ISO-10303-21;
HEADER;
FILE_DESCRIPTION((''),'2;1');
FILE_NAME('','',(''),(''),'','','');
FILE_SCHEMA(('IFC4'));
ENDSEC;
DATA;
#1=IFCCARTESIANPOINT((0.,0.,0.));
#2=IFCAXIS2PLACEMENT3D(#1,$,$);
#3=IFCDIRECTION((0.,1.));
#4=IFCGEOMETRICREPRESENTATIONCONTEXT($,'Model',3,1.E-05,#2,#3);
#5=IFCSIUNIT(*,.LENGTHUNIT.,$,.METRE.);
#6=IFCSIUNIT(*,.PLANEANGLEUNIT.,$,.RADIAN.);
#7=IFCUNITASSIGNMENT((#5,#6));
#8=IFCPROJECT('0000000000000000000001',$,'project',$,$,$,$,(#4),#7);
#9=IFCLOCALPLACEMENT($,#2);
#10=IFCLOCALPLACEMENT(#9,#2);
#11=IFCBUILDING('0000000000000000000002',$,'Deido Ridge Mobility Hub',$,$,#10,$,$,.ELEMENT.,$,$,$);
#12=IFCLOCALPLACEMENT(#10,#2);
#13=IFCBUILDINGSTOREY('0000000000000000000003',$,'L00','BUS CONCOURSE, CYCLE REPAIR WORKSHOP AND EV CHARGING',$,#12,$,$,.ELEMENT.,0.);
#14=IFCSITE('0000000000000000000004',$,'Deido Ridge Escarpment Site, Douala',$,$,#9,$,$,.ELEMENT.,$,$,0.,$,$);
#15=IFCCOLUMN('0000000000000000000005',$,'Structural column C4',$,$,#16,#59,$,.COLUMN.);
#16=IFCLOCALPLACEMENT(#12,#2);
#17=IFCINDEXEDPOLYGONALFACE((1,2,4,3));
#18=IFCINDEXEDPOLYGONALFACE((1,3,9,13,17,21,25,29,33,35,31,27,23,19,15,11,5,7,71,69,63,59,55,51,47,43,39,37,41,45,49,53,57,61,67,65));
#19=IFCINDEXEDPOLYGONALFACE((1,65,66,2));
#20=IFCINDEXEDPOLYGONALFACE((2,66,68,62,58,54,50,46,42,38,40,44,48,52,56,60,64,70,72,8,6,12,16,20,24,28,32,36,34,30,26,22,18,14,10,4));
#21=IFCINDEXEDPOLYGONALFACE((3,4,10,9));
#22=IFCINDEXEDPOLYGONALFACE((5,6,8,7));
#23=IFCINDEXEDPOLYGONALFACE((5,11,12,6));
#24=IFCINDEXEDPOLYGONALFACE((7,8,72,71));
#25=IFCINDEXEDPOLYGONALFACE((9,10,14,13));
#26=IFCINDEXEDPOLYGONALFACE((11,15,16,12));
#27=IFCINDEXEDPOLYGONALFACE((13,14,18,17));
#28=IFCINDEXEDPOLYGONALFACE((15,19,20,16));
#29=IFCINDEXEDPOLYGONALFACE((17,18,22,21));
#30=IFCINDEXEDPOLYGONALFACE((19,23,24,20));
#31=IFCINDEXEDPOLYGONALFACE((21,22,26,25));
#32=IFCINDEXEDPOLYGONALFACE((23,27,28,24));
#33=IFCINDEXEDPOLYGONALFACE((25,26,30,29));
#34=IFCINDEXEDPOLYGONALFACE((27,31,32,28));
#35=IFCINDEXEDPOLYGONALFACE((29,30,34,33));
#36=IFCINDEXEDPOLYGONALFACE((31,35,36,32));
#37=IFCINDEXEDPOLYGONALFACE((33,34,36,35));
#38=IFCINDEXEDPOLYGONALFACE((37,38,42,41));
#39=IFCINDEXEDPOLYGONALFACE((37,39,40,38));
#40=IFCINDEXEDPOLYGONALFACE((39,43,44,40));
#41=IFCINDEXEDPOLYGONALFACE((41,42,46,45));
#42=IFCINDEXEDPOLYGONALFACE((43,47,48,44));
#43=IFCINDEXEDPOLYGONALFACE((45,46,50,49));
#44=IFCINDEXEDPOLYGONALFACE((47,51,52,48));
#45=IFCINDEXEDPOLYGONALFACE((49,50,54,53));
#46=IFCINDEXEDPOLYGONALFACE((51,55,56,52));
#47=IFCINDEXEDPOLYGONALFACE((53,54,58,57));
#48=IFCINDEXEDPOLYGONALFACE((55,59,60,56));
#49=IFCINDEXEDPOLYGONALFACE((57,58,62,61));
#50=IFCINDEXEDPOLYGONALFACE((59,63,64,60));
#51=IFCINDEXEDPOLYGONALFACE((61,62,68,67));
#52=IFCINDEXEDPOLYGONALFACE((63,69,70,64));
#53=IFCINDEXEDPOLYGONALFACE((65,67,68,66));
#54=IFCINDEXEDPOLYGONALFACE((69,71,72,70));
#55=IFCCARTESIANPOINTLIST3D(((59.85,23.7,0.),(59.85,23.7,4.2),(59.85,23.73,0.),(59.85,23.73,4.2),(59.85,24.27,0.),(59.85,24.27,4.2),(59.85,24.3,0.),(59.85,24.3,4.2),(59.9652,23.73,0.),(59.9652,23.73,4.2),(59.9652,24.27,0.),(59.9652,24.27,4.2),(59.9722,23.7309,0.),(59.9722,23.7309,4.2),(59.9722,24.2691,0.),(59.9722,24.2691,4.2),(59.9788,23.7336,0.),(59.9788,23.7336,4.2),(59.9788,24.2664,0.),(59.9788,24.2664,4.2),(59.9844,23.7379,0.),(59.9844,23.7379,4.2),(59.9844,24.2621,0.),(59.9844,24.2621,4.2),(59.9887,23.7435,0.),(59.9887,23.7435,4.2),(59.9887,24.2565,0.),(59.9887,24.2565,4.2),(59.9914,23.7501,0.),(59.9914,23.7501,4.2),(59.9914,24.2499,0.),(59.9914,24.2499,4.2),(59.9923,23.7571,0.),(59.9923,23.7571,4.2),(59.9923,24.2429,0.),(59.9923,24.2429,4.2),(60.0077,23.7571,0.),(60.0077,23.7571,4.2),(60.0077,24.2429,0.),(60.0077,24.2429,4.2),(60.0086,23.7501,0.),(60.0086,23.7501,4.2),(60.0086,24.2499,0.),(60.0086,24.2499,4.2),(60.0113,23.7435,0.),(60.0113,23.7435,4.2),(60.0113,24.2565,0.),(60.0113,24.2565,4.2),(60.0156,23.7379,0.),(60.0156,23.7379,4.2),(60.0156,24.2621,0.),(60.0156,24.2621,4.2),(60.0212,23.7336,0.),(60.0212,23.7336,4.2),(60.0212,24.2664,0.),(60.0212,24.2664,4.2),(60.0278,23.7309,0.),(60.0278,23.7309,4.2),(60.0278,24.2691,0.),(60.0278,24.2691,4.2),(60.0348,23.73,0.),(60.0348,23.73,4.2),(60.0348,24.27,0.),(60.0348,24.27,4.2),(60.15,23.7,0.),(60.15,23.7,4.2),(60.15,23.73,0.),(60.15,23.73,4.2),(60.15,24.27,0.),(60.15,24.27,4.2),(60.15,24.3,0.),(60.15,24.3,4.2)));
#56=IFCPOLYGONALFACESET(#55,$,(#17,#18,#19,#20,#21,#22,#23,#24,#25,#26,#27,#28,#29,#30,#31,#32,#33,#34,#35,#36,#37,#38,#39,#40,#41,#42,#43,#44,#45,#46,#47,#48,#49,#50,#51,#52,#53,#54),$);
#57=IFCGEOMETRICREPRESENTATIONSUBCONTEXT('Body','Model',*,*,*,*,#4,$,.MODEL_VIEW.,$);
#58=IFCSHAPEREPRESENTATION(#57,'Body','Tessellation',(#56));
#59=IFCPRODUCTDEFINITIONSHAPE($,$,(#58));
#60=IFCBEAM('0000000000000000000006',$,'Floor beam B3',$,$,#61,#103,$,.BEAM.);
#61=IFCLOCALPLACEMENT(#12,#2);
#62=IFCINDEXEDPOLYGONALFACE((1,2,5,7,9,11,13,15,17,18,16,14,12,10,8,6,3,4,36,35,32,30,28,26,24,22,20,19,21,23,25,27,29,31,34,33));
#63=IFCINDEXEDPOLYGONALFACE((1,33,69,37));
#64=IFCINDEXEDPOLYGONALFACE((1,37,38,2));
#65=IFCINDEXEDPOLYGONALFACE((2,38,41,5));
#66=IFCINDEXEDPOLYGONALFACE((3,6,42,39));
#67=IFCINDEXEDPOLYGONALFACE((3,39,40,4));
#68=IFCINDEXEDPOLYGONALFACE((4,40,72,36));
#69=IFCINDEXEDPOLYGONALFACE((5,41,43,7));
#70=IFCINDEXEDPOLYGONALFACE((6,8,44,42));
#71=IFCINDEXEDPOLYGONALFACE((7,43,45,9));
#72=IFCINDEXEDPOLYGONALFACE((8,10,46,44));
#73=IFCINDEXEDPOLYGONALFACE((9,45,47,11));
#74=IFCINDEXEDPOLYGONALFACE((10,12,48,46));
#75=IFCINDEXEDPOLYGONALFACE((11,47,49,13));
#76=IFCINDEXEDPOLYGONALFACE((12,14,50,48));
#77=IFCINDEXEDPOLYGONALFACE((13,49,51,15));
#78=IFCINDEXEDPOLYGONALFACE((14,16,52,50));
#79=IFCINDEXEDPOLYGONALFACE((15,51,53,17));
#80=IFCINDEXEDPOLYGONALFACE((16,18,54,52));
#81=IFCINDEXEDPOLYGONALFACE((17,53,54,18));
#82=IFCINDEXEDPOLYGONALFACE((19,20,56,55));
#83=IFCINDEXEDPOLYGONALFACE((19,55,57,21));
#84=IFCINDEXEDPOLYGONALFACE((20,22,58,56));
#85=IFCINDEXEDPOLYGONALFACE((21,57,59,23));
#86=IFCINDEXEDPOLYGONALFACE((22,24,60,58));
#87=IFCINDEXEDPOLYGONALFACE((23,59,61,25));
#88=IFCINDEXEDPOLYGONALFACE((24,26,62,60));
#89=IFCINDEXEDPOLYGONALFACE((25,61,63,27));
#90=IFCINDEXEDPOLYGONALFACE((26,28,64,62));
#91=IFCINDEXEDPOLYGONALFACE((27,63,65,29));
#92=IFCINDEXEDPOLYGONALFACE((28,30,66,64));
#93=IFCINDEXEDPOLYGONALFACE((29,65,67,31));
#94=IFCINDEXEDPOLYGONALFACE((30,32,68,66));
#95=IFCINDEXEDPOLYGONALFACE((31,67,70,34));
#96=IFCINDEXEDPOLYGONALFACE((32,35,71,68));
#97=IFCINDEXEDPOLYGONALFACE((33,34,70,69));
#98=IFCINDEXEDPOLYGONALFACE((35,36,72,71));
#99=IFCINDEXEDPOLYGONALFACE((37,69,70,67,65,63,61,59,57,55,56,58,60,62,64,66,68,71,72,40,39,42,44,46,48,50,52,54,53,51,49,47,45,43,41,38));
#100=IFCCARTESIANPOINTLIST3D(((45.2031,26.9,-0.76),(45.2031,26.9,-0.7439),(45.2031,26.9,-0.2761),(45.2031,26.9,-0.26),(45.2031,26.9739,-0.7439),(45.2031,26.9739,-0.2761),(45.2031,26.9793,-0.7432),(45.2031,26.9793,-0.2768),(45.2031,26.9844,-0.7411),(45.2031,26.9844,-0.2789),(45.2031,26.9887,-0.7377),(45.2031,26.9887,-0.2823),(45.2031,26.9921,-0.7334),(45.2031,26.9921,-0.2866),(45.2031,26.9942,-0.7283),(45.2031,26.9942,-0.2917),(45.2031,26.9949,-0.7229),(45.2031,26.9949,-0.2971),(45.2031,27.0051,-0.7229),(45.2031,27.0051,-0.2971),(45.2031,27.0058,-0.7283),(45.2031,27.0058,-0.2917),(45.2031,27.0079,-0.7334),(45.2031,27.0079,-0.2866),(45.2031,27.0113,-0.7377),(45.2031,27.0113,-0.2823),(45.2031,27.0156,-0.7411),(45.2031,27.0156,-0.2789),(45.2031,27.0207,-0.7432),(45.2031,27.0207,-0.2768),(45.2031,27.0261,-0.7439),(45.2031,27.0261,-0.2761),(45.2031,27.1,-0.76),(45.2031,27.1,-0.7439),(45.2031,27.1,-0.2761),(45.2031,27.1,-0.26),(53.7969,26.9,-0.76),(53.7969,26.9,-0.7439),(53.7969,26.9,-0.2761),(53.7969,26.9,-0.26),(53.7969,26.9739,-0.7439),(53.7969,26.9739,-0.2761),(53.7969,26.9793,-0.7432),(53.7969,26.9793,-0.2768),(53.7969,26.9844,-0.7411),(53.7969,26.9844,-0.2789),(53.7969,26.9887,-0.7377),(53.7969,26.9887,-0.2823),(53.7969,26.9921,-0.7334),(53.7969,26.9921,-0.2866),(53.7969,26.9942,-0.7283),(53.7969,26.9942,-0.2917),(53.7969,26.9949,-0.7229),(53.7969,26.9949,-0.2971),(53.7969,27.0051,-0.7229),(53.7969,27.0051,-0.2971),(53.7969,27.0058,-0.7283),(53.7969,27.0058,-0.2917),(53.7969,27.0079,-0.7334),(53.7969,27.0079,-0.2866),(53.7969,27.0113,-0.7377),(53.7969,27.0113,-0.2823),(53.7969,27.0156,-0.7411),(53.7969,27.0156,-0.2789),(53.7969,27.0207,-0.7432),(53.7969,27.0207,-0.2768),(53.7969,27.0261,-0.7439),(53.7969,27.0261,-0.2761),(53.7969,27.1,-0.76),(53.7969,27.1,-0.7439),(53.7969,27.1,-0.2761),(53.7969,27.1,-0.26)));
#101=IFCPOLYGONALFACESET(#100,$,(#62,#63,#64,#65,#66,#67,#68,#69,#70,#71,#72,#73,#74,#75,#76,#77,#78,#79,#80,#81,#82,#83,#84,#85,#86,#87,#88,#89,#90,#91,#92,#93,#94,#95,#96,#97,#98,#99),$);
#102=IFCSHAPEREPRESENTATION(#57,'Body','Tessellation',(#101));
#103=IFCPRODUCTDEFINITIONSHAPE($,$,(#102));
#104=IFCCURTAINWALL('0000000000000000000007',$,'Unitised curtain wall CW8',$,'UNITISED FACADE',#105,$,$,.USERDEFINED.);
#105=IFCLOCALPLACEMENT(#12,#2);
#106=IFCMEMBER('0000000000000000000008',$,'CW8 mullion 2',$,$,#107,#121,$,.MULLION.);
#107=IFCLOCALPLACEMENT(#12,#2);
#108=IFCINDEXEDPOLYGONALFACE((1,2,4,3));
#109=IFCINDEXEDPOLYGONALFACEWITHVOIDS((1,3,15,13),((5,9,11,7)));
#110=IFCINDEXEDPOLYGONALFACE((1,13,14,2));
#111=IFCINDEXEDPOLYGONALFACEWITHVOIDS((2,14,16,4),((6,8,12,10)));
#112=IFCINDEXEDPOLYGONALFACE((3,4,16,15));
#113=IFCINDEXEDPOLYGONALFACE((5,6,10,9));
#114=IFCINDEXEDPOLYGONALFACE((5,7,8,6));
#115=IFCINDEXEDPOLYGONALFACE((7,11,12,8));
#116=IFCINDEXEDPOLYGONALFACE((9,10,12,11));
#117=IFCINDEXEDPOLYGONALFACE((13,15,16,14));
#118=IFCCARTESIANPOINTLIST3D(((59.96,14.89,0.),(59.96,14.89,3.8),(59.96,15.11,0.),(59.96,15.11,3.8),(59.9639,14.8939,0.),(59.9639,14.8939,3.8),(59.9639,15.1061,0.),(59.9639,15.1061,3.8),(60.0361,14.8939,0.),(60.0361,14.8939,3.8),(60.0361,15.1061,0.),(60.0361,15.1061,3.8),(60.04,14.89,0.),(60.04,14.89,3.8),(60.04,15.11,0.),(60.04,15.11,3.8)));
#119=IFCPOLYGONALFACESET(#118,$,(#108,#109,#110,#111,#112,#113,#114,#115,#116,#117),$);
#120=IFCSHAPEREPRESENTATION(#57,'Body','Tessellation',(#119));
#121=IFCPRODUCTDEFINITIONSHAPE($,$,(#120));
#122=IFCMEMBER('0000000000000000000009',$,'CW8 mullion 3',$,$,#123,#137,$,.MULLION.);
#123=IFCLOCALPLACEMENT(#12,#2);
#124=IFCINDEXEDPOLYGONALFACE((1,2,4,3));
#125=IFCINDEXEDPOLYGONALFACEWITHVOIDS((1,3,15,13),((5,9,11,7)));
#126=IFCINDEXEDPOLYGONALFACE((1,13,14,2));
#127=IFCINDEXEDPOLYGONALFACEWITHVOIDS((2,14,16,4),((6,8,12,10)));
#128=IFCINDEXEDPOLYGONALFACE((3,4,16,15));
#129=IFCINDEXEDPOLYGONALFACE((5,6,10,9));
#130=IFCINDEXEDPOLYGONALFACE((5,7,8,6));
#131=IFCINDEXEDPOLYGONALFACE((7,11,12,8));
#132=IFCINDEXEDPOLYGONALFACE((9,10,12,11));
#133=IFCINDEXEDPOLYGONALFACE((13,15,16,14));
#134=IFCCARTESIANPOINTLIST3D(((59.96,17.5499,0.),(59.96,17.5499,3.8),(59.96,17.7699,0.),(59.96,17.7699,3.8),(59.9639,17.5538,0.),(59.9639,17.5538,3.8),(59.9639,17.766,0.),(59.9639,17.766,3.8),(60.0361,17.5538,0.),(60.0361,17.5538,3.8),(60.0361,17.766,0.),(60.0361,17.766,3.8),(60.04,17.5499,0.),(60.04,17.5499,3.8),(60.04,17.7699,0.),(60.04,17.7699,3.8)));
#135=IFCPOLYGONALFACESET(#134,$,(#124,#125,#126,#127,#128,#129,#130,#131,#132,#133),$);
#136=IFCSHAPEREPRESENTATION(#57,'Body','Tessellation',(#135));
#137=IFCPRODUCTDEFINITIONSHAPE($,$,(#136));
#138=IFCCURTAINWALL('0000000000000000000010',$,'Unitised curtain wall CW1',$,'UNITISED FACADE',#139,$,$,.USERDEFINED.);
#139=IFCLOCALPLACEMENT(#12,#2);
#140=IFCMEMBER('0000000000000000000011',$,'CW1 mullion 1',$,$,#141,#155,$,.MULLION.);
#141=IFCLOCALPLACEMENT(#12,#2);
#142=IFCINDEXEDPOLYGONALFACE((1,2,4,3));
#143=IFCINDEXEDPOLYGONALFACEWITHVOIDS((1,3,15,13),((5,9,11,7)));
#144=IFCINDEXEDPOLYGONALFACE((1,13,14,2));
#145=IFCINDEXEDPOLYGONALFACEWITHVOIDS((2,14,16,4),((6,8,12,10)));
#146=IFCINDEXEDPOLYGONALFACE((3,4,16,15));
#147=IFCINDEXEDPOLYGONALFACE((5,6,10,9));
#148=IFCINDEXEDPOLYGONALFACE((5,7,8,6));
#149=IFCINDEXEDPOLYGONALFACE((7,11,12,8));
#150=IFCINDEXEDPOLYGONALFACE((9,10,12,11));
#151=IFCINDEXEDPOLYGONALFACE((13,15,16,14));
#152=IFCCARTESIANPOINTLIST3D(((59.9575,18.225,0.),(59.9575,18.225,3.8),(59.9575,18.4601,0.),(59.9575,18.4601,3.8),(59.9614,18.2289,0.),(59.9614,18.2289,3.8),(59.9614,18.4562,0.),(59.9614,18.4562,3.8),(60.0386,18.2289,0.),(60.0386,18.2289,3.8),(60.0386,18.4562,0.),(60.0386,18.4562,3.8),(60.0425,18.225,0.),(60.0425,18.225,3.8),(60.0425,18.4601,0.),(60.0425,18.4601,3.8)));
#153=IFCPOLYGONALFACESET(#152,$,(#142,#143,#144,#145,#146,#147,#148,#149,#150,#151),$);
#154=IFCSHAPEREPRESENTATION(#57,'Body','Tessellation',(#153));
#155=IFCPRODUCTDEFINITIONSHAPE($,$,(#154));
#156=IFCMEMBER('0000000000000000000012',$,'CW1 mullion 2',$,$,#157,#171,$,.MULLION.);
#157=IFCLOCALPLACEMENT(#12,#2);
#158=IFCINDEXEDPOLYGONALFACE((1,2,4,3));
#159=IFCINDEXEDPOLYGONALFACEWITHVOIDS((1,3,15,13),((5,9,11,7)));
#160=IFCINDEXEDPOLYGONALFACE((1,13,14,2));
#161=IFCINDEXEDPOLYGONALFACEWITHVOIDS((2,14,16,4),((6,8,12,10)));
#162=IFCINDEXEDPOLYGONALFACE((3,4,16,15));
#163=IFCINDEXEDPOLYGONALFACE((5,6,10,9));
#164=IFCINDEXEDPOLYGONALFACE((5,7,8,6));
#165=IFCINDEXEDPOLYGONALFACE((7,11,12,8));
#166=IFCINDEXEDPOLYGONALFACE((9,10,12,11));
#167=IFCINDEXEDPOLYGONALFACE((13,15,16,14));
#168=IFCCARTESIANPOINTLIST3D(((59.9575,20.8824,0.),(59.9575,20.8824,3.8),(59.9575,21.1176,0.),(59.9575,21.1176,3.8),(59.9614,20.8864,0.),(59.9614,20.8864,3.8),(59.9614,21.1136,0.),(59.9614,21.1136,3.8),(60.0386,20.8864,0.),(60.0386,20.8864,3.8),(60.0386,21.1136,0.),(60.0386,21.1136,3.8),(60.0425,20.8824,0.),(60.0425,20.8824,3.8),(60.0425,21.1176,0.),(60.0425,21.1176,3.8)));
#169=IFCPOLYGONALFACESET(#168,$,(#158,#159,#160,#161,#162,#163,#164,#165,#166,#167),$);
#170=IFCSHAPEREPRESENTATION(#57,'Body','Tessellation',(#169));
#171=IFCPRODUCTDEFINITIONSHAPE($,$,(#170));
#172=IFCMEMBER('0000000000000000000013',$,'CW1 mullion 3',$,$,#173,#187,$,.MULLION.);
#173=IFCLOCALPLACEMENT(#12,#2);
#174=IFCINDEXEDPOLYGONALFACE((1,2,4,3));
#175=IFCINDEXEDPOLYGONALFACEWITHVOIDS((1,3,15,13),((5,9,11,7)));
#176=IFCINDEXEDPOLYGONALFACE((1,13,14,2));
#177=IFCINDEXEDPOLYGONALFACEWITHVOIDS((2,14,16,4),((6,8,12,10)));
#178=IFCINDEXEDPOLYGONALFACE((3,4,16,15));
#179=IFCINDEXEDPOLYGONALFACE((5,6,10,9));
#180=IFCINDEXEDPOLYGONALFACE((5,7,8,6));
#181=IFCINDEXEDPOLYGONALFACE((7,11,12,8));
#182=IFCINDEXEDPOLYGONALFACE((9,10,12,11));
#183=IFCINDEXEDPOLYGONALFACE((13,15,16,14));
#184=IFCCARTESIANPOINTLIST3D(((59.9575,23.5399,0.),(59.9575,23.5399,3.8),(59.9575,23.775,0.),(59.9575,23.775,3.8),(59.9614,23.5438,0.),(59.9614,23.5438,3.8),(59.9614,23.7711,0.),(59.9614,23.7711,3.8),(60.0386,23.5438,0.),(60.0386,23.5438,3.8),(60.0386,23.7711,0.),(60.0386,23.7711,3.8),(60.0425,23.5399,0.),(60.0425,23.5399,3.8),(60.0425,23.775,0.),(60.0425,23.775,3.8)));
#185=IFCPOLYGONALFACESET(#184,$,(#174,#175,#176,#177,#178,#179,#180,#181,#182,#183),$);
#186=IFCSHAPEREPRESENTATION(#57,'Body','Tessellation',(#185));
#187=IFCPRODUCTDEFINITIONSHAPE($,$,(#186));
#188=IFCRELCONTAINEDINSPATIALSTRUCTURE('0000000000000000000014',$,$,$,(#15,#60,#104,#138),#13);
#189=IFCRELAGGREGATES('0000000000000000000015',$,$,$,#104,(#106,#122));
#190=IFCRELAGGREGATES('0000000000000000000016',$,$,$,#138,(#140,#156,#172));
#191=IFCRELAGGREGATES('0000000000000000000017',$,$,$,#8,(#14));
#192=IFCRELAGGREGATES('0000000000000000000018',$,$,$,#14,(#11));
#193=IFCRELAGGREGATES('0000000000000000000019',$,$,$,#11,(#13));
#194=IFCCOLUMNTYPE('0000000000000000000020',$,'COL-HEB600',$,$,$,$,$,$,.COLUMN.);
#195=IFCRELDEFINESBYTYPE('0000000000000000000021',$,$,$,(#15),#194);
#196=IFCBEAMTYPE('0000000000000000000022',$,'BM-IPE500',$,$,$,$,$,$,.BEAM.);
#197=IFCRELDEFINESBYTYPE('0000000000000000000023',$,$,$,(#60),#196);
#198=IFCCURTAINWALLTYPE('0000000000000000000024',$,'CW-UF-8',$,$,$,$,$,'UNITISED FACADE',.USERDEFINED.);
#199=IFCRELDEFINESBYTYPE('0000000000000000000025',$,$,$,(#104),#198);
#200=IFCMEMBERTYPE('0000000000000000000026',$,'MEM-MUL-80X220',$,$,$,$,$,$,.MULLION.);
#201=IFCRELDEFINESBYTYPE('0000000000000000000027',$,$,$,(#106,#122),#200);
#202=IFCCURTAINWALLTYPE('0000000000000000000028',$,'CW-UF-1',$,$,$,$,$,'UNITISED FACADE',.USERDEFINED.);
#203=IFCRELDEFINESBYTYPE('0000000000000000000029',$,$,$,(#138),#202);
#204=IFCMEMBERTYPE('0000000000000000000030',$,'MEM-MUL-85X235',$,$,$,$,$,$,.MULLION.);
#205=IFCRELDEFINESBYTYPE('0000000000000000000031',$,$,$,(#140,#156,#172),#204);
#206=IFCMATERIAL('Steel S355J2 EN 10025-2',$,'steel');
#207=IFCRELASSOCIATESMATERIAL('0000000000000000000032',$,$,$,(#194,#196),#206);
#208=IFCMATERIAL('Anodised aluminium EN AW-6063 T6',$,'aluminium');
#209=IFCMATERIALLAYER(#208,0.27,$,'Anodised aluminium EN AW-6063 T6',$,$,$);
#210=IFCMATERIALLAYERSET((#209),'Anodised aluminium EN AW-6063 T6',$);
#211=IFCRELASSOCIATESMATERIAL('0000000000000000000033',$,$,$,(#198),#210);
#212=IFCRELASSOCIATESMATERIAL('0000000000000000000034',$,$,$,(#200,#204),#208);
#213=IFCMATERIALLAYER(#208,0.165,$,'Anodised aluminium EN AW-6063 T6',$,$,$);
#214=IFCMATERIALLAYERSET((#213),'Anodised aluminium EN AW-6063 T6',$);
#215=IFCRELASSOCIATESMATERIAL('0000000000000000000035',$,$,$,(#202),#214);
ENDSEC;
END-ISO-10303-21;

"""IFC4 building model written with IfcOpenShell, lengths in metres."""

from ifc_helpers import new_model, si_unit, direction, frame, origin, origin_2d, place, context, subcontext, project, spatial, hollow_rectangle, i_section, extrude, material, layer, layer_set, material_profile, profile_set, type_object, element, aggregate, save


model = new_model("IFC4")

# Units and contexts
model_context = context("Model", 3, precision=1e-05, world=origin(), true_north=direction((0.0, 1.0)))
body_context = subcontext(model_context, "Body", "Model", "MODEL_VIEW")
ifc_project = project(units=[si_unit("LENGTHUNIT", "METRE"), si_unit("PLANEANGLEUNIT", "RADIAN")], contexts=[model_context])

# Site, building, storey
site_placement = place(None, origin())
site = spatial("IfcSite", under=ifc_project, at=site_placement, Name="Deido Ridge Escarpment Site, Douala", CompositionType="ELEMENT", RefElevation=0.0)
building_placement = place(site_placement, origin())
building = spatial("IfcBuilding", under=site, at=building_placement, Name="Deido Ridge Mobility Hub", CompositionType="ELEMENT")
storey_placement = place(building_placement, origin())
storey = spatial("IfcBuildingStorey", under=building, at=storey_placement, Name="L00", Description="BUS CONCOURSE, CYCLE REPAIR WORKSHOP AND EV CHARGING", CompositionType="ELEMENT", Elevation=0.0)

# Column
ifc_material_1 = material(Name="Steel S355J2 EN 10025-2", Category="steel")
ifc_material_profile_1 = material_profile(ifc_material_1, i_section(OverallWidth=0.3, OverallDepth=0.6001, WebThickness=0.0154, FlangeThickness=0.03, FilletRadius=0.0271, at=origin_2d()), Name="HEB 600")
ifc_profile_set_1 = profile_set([ifc_material_profile_1], Name="Steel S355J2 EN 10025-2")
column_type_1 = type_object("IfcColumnType", Name="COL-HEB600", PredefinedType="COLUMN", material=ifc_profile_set_1)
for number, where, z_axis, x_axis, name in (
    (1, (60.0, 24.0, 0.0), (0.0, 0.0, 1.0), (1.0, 0.0, 0.0), "Structural column C4"),
):
    element("IfcColumn", number, at=place(storey_placement, frame(where, z_axis=z_axis, x_axis=x_axis)), inside=storey, type_object=column_type_1, Name=name, PredefinedType="COLUMN", context=body_context, shape_type="SweptSolid", body=[
        extrude(i_section(OverallWidth=0.3, OverallDepth=0.6001, WebThickness=0.0154, FlangeThickness=0.03, FilletRadius=0.0271, at=origin_2d()), origin(), (0.0, 0.0, 1.0), 4.2),
    ])

# Beam
ifc_material_profile_2 = material_profile(ifc_material_1, i_section(OverallWidth=0.2, OverallDepth=0.5, WebThickness=0.0103, FlangeThickness=0.0161, FilletRadius=0.021, at=origin_2d()), Name="IPE 500")
ifc_profile_set_2 = profile_set([ifc_material_profile_2], Name="Steel S355J2 EN 10025-2")
beam_type_1 = type_object("IfcBeamType", Name="BM-IPE500", PredefinedType="BEAM", material=ifc_profile_set_2)
beam_1_placement = place(storey_placement, frame((45.2031, 27.0, -0.51), z_axis=(1.0, 0.0, 0.0), x_axis=(0.0, 1.0, 0.0)))
element("IfcBeam", 2, at=beam_1_placement, inside=storey, type_object=beam_type_1, Name="Floor beam B3", PredefinedType="BEAM", context=body_context, shape_type="SweptSolid", body=[
    extrude(i_section(OverallWidth=0.2, OverallDepth=0.5, WebThickness=0.0103, FlangeThickness=0.0161, FilletRadius=0.021, at=origin_2d()), origin(), (0.0, 0.0, 1.0), 8.5938),
])

# Curtain walls, members
ifc_material_2 = material(Name="Anodised aluminium EN AW-6063 T6", Category="aluminium")
ifc_layer_1 = layer(ifc_material_2, 0.27, Name="Anodised aluminium EN AW-6063 T6")
ifc_layer_set_1 = layer_set([ifc_layer_1], Name="Anodised aluminium EN AW-6063 T6")
curtain_wall_type_1 = type_object("IfcCurtainWallType", Name="CW-UF-8", ElementType="UNITISED FACADE", PredefinedType="USERDEFINED", material=ifc_layer_set_1)
curtain_wall_1_placement = place(storey_placement, origin())
curtain_wall_1 = element("IfcCurtainWall", 3, at=curtain_wall_1_placement, inside=storey, type_object=curtain_wall_type_1, Name="Unitised curtain wall CW8", ObjectType="UNITISED FACADE", PredefinedType="USERDEFINED")
ifc_material_profile_3 = material_profile(ifc_material_2, hollow_rectangle(XDim=0.0801, YDim=0.22, WallThickness=0.0039, at=origin_2d()), Name="RHS 80x220x4")
ifc_profile_set_3 = profile_set([ifc_material_profile_3], Name="Anodised aluminium EN AW-6063 T6")
member_type_1 = type_object("IfcMemberType", Name="MEM-MUL-80X220", PredefinedType="MULLION", material=ifc_profile_set_3)
member_1_placement = place(storey_placement, frame((60.0, 15.0, 0.0), z_axis=(0.0, 0.0, 1.0), x_axis=(-1.0, 0.0, 0.0)))
member_1 = element("IfcMember", 4, at=member_1_placement, type_object=member_type_1, Name="CW8 mullion 2", PredefinedType="MULLION", context=body_context, shape_type="SweptSolid", body=[
    extrude(hollow_rectangle(XDim=0.0801, YDim=0.22, WallThickness=0.0039, at=origin_2d()), origin(), (0.0, 0.0, 1.0), 3.8),
])
member_2_placement = place(storey_placement, frame((60.0, 17.6599, 0.0), z_axis=(0.0, 0.0, 1.0), x_axis=(-1.0, 0.0, 0.0)))
member_2 = element("IfcMember", 5, at=member_2_placement, type_object=member_type_1, Name="CW8 mullion 3", PredefinedType="MULLION", context=body_context, shape_type="SweptSolid", body=[
    extrude(hollow_rectangle(XDim=0.0801, YDim=0.22, WallThickness=0.0039, at=origin_2d()), origin(), (0.0, 0.0, 1.0), 3.8),
])
ifc_layer_2 = layer(ifc_material_2, 0.165, Name="Anodised aluminium EN AW-6063 T6")
ifc_layer_set_2 = layer_set([ifc_layer_2], Name="Anodised aluminium EN AW-6063 T6")
curtain_wall_type_2 = type_object("IfcCurtainWallType", Name="CW-UF-1", ElementType="UNITISED FACADE", PredefinedType="USERDEFINED", material=ifc_layer_set_2)
curtain_wall_2_placement = place(storey_placement, origin())
curtain_wall_2 = element("IfcCurtainWall", 6, at=curtain_wall_2_placement, inside=storey, type_object=curtain_wall_type_2, Name="Unitised curtain wall CW1", ObjectType="UNITISED FACADE", PredefinedType="USERDEFINED")
ifc_material_profile_4 = material_profile(ifc_material_2, hollow_rectangle(XDim=0.085, YDim=0.2351, WallThickness=0.0039, at=origin_2d()), Name="RHS 85x235x4")
ifc_profile_set_4 = profile_set([ifc_material_profile_4], Name="Anodised aluminium EN AW-6063 T6")
member_type_2 = type_object("IfcMemberType", Name="MEM-MUL-85X235", PredefinedType="MULLION", material=ifc_profile_set_4)
member_3_placement = place(storey_placement, frame((60.0, 18.3425, 0.0), z_axis=(0.0, 0.0, 1.0), x_axis=(-1.0, 0.0, 0.0)))
member_3 = element("IfcMember", 7, at=member_3_placement, type_object=member_type_2, Name="CW1 mullion 1", PredefinedType="MULLION", context=body_context, shape_type="SweptSolid", body=[
    extrude(hollow_rectangle(XDim=0.085, YDim=0.2351, WallThickness=0.0039, at=origin_2d()), origin(), (0.0, 0.0, 1.0), 3.8),
])
member_4_placement = place(storey_placement, frame((60.0, 21.0, 0.0), z_axis=(0.0, 0.0, 1.0), x_axis=(-1.0, 0.0, 0.0)))
member_4 = element("IfcMember", 8, at=member_4_placement, type_object=member_type_2, Name="CW1 mullion 2", PredefinedType="MULLION", context=body_context, shape_type="SweptSolid", body=[
    extrude(hollow_rectangle(XDim=0.085, YDim=0.2351, WallThickness=0.0039, at=origin_2d()), origin(), (0.0, 0.0, 1.0), 3.8),
])
member_5_placement = place(storey_placement, frame((60.0, 23.6575, 0.0), z_axis=(0.0, 0.0, 1.0), x_axis=(-1.0, 0.0, 0.0)))
member_5 = element("IfcMember", 9, at=member_5_placement, type_object=member_type_2, Name="CW1 mullion 3", PredefinedType="MULLION", context=body_context, shape_type="SweptSolid", body=[
    extrude(hollow_rectangle(XDim=0.085, YDim=0.2351, WallThickness=0.0039, at=origin_2d()), origin(), (0.0, 0.0, 1.0), 3.8),
])

aggregate(curtain_wall_1, [member_1, member_2])
aggregate(curtain_wall_2, [member_3, member_4, member_5])

save(model, "model.ifc")
